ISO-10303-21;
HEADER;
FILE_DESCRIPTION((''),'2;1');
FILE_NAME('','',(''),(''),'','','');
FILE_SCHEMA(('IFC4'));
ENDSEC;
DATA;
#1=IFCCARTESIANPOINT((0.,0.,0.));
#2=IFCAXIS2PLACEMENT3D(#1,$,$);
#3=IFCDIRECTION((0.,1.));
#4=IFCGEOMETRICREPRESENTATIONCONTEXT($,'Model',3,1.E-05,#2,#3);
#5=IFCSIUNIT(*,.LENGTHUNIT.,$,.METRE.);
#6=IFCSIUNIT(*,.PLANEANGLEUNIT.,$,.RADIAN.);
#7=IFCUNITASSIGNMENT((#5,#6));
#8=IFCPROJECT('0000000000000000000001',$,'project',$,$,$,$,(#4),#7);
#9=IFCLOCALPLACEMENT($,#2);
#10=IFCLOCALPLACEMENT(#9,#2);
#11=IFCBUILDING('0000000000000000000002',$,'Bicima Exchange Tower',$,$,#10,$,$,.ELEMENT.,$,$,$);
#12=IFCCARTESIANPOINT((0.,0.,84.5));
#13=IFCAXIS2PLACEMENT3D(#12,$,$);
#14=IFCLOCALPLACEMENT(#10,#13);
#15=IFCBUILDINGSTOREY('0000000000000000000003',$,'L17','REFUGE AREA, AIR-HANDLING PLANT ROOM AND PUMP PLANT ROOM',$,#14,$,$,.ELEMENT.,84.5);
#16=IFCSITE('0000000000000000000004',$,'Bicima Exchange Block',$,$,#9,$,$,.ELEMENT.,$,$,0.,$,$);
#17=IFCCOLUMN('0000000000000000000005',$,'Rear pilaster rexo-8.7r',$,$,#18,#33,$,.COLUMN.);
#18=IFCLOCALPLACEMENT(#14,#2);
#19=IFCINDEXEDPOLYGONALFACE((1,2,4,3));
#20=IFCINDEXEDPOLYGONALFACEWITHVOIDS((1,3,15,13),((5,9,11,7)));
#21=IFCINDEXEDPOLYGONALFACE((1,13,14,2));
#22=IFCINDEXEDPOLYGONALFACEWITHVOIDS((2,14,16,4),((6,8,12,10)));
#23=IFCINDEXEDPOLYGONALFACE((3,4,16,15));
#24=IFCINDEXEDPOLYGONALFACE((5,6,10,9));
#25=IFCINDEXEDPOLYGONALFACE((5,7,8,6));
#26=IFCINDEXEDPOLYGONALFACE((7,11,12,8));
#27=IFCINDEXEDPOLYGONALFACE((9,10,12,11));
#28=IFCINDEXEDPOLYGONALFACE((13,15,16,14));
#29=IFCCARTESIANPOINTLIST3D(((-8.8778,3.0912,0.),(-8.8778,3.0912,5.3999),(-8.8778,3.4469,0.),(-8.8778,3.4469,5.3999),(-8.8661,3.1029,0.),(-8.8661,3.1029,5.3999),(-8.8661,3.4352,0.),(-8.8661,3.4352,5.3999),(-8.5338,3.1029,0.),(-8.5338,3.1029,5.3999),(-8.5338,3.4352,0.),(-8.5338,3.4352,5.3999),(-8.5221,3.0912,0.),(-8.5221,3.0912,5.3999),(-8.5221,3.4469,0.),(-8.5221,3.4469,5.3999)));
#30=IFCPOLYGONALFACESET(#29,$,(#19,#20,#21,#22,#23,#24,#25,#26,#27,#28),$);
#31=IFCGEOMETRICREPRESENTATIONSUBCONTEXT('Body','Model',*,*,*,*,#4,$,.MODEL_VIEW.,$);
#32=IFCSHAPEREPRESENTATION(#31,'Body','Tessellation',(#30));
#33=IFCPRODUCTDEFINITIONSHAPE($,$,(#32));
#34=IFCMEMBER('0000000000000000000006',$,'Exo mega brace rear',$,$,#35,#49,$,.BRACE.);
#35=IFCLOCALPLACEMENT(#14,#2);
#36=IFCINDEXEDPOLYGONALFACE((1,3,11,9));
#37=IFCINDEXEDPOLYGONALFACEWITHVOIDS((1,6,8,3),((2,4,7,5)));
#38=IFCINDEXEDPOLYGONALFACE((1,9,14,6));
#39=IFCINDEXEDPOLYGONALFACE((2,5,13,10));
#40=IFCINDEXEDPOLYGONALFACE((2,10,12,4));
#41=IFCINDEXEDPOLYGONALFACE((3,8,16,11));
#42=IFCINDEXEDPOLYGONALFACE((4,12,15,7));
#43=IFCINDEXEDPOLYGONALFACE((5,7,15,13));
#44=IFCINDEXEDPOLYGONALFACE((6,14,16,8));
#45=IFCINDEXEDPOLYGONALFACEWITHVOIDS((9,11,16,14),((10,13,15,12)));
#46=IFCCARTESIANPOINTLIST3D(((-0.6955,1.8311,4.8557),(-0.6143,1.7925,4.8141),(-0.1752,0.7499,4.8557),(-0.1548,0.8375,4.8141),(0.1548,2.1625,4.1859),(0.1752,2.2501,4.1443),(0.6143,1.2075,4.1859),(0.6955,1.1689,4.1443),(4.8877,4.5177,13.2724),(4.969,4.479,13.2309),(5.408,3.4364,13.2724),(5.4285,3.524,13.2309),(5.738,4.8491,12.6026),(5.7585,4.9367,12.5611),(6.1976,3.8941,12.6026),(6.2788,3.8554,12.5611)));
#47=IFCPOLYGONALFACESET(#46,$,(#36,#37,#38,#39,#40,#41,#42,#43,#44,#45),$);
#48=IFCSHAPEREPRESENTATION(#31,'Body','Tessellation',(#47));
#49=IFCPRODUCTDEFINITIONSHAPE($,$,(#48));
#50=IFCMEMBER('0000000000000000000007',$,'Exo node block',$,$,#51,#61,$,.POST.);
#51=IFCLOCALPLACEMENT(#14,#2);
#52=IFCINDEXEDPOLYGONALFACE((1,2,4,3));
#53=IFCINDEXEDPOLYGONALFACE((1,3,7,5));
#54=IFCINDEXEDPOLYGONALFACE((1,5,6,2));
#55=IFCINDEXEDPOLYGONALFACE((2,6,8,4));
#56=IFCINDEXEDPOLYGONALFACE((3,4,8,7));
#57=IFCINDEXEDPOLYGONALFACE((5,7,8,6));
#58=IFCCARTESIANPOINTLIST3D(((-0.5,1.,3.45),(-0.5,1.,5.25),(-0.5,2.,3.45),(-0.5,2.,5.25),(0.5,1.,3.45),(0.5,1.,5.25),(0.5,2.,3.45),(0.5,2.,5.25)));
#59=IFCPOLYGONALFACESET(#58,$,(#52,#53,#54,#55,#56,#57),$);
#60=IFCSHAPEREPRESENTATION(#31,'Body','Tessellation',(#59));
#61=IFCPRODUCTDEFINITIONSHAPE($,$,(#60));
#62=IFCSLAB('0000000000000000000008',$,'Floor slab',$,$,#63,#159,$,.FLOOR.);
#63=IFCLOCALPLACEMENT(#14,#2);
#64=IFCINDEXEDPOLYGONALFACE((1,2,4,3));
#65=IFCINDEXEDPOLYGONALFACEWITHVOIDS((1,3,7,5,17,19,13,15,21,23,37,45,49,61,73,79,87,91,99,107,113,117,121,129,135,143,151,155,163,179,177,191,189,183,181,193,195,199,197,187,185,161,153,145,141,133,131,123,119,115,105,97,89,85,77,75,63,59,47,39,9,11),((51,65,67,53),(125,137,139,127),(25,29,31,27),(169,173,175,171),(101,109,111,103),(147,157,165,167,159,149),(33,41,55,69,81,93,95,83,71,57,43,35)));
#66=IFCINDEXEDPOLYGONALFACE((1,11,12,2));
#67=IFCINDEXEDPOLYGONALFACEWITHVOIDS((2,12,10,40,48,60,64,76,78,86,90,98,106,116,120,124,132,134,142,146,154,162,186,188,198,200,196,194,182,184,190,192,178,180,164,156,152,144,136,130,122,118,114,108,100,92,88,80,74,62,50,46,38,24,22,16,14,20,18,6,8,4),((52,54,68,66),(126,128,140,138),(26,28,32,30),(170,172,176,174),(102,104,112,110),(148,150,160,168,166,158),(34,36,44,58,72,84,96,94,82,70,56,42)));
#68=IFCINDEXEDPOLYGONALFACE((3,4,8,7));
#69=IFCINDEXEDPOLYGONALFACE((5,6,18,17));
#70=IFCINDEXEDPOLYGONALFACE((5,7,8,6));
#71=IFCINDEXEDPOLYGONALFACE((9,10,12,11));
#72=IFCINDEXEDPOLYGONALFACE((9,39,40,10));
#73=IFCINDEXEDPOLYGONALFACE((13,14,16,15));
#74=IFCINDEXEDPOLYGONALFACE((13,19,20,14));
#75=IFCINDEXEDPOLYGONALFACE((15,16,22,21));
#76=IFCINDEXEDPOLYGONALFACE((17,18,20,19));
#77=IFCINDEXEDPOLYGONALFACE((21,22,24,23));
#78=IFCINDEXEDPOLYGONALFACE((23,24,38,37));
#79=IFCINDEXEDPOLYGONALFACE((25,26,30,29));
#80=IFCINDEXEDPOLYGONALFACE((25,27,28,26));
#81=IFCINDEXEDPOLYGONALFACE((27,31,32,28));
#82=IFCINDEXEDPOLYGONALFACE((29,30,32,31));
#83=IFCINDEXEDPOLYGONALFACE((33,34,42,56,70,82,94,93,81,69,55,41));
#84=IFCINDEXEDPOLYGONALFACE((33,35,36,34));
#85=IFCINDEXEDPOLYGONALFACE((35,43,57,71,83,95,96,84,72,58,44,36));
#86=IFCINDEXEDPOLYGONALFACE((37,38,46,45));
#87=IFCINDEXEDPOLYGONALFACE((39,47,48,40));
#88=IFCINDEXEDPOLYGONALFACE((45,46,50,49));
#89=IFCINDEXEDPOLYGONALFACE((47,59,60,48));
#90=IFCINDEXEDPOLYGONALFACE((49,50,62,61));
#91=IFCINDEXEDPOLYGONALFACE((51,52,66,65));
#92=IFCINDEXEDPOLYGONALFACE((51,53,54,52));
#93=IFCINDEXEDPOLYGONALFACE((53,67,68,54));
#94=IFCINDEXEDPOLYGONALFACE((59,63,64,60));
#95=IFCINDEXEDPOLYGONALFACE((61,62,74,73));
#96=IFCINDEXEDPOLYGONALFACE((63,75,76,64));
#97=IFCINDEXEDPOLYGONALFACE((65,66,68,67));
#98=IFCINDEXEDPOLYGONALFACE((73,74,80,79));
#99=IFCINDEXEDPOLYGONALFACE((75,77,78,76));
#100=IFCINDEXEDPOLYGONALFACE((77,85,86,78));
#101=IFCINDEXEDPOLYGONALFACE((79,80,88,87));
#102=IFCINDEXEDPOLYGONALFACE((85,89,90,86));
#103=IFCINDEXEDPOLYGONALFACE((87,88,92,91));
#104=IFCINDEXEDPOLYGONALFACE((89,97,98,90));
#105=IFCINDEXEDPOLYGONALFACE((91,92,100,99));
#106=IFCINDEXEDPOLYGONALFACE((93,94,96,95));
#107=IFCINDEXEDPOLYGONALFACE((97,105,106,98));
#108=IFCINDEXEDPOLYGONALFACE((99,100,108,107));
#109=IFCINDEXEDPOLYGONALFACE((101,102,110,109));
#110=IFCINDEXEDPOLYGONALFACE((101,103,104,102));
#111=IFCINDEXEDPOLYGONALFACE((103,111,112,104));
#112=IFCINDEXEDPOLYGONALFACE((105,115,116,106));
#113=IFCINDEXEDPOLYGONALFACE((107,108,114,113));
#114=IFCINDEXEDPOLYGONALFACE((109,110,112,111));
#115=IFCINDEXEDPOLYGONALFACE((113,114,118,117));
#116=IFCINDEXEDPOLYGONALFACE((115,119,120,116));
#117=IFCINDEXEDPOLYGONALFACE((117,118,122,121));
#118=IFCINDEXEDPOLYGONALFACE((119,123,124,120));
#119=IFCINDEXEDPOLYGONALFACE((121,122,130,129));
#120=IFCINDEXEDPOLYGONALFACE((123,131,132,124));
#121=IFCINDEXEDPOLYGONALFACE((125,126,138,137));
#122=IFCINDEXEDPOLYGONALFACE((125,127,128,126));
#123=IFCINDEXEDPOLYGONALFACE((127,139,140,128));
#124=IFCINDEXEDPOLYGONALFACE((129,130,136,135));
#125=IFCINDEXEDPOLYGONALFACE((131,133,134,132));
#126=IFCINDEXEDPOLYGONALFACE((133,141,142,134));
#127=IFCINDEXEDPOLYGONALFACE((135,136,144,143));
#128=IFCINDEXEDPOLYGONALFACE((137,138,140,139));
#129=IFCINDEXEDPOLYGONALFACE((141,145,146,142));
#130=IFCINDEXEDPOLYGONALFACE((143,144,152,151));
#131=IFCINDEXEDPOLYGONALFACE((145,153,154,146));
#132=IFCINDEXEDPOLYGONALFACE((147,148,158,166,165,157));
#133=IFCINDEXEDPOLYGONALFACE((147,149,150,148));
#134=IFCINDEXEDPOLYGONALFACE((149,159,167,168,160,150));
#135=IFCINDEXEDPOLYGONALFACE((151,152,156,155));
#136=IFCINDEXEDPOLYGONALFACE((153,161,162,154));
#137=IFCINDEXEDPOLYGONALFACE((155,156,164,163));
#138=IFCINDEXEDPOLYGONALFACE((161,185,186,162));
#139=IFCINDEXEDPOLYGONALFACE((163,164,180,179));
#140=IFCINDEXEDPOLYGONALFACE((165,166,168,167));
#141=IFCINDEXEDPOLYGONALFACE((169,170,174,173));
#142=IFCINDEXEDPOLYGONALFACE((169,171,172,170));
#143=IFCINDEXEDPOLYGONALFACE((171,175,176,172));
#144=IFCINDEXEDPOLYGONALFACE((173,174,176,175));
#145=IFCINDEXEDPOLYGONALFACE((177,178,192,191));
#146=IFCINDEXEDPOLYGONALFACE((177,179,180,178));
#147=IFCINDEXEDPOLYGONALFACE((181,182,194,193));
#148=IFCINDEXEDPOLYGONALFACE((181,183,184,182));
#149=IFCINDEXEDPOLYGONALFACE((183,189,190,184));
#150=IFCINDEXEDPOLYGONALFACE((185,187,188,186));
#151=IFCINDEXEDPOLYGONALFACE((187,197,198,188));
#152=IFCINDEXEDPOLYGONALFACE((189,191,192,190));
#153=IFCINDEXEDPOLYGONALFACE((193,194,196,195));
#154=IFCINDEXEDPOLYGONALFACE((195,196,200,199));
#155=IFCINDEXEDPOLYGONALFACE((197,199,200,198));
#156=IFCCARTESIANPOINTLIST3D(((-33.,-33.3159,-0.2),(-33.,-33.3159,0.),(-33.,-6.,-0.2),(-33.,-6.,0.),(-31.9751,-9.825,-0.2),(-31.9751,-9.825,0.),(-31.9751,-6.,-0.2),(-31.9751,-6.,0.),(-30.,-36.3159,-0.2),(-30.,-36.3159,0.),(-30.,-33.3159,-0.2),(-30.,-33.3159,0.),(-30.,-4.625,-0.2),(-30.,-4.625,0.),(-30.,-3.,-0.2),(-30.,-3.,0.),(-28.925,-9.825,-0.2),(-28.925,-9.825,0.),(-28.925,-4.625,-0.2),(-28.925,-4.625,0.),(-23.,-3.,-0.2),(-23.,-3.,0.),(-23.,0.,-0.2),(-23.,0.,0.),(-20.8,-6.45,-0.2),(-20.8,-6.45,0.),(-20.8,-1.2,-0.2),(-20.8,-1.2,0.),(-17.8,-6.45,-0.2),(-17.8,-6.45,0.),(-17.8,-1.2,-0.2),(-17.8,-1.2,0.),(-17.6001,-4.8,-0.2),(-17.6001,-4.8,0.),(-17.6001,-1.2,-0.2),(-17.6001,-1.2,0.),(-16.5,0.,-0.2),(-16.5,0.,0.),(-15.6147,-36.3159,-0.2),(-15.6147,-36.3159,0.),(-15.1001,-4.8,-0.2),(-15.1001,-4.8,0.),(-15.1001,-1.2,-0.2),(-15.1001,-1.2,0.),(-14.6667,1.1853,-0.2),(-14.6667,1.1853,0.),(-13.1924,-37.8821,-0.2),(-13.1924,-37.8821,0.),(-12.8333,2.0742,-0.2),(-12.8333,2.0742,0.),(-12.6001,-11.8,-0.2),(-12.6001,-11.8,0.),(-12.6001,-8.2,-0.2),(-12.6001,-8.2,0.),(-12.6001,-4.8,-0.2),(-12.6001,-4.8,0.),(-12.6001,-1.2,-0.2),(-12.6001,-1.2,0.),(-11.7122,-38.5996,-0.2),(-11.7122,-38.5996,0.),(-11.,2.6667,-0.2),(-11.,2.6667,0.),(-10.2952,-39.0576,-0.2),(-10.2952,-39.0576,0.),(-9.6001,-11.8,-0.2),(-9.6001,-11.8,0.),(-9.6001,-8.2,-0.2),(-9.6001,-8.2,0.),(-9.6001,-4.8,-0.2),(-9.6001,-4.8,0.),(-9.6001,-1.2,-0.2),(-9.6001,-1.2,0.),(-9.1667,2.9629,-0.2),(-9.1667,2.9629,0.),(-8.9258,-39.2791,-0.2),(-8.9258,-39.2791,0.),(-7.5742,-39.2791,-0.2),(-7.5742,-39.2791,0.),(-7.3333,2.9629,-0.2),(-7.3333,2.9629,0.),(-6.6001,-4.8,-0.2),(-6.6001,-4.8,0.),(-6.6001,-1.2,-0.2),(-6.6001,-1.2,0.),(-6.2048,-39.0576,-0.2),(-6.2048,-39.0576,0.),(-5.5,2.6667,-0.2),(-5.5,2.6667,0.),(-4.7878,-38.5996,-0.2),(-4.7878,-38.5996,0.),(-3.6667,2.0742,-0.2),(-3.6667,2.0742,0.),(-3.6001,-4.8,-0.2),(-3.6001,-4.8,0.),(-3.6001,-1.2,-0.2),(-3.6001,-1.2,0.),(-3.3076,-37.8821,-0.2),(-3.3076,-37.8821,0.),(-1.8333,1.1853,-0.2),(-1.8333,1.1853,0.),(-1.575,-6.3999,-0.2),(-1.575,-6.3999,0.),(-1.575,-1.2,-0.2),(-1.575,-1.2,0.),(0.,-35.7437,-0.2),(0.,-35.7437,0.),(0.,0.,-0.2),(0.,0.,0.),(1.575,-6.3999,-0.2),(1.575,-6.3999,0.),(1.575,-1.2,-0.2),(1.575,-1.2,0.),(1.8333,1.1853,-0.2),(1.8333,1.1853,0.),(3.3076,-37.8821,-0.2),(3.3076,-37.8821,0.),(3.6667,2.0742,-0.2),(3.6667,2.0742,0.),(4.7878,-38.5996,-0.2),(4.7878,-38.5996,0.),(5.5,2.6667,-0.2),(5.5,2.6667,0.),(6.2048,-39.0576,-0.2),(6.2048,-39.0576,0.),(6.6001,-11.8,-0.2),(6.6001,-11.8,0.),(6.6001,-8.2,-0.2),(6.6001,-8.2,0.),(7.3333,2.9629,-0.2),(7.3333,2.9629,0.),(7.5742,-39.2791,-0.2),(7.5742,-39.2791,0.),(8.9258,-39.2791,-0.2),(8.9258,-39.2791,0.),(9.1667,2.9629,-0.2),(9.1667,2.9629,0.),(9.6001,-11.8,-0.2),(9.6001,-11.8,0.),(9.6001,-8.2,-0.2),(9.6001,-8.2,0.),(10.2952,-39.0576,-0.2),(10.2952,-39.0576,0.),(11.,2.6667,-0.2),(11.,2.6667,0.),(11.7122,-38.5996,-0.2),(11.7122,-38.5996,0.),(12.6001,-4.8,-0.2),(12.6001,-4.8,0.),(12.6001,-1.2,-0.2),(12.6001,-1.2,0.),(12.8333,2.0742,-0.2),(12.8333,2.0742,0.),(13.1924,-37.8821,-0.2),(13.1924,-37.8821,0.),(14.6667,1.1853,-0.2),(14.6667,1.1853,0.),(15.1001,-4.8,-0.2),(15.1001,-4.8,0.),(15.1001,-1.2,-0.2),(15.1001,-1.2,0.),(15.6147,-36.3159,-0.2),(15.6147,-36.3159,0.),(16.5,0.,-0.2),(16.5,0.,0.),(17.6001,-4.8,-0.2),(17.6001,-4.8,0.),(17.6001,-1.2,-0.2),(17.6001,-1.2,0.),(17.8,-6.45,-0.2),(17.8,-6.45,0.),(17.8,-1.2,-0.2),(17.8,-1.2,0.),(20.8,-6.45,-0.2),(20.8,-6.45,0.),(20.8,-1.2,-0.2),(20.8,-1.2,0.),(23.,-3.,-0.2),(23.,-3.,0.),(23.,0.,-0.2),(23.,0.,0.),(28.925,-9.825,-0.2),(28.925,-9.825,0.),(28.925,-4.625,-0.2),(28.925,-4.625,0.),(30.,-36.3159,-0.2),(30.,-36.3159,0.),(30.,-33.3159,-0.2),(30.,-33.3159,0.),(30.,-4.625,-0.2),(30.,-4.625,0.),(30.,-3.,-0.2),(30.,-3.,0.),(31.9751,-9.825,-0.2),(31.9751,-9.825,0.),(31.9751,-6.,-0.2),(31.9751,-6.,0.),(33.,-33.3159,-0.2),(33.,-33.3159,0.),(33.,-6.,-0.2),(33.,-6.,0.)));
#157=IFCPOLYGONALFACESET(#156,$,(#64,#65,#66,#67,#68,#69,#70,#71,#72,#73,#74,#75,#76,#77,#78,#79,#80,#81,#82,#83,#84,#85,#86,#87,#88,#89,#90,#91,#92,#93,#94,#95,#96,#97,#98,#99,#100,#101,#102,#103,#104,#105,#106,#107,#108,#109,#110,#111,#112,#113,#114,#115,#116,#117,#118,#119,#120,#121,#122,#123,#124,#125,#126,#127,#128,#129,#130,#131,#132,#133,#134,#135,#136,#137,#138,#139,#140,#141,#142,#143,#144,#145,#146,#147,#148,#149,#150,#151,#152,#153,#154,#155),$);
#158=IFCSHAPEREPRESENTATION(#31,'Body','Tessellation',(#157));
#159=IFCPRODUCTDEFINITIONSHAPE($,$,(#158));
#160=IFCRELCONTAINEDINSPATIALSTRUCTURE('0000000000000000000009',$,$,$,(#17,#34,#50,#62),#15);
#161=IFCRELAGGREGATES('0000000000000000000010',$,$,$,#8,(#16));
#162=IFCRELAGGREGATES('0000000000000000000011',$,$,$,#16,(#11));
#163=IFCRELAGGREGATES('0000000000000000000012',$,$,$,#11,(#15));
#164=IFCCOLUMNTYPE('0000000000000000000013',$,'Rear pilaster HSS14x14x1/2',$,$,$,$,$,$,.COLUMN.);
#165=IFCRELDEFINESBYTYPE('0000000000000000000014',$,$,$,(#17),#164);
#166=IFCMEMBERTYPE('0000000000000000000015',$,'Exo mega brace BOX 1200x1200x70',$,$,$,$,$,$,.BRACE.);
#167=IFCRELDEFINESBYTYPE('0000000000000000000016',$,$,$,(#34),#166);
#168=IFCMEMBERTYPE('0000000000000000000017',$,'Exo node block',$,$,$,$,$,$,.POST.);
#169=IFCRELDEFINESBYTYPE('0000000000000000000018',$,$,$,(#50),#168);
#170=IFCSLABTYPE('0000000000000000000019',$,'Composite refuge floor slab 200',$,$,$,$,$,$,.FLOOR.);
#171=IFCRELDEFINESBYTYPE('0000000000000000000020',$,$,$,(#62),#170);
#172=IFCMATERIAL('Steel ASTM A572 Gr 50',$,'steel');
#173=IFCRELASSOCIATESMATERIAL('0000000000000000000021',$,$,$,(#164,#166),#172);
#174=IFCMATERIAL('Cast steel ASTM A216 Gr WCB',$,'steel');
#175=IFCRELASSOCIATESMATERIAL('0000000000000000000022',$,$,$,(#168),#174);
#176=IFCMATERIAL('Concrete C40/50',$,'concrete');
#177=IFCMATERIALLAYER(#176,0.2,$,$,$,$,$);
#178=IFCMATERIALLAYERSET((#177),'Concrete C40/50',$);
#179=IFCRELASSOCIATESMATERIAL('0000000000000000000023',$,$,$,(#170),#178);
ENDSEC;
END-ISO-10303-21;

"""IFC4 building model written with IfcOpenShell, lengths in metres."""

from ifc_helpers import new_model, si_unit, direction, frame, origin, origin_2d, place, context, subcontext, project, spatial, polyline, rectangle, hollow_rectangle, outline, extrude, material, layer, layer_set, material_profile, profile_set, type_object, element, save


model = new_model("IFC4")

# Units and contexts
model_context = context("Model", 3, precision=1e-05, world=origin(), true_north=direction((0.0, 1.0)))
body_context = subcontext(model_context, "Body", "Model", "MODEL_VIEW")
ifc_project = project(units=[si_unit("LENGTHUNIT", "METRE"), si_unit("PLANEANGLEUNIT", "RADIAN")], contexts=[model_context])

# Site, building, storey
site_placement = place(None, origin())
site = spatial("IfcSite", under=ifc_project, at=site_placement, Name="Bicima Exchange Block", CompositionType="ELEMENT", RefElevation=0.0)
building_placement = place(site_placement, origin())
building = spatial("IfcBuilding", under=site, at=building_placement, Name="Bicima Exchange Tower", CompositionType="ELEMENT")
storey_placement = place(building_placement, frame((0.0, 0.0, 84.5)))
storey = spatial("IfcBuildingStorey", under=building, at=storey_placement, Name="L17", Description="REFUGE AREA, AIR-HANDLING PLANT ROOM AND PUMP PLANT ROOM", CompositionType="ELEMENT", Elevation=84.5)

# Column
ifc_material_1 = material(Name="Steel ASTM A572 Gr 50", Category="steel")
ifc_material_profile_1 = material_profile(ifc_material_1, hollow_rectangle(XDim=0.3557, YDim=0.3557, WallThickness=0.0117, at=origin_2d()))
ifc_profile_set_1 = profile_set([ifc_material_profile_1], Name="Steel ASTM A572 Gr 50")
column_type = type_object("IfcColumnType", Name="Rear pilaster HSS14x14x1/2", PredefinedType="COLUMN", material=ifc_profile_set_1)
column_placement = place(storey_placement, frame((-8.7, 3.269, 0.0), z_axis=(0.0, 0.0, 1.0), x_axis=(1.0, 0.0, 0.0)))
element("IfcColumn", 1, at=column_placement, inside=storey, type_object=column_type, Name="Rear pilaster rexo-8.7r", PredefinedType="COLUMN", context=body_context, shape_type="SweptSolid", body=[
    extrude(hollow_rectangle(XDim=0.3557, YDim=0.3557, WallThickness=0.0117, at=origin_2d()), origin(), (0.0, 0.0, 1.0), 5.3999),
])

# Members
ifc_material_profile_2 = material_profile(ifc_material_1, hollow_rectangle(XDim=1.2, YDim=1.2, WallThickness=0.0701, at=origin_2d()))
ifc_profile_set_2 = profile_set([ifc_material_profile_2], Name="Steel ASTM A572 Gr 50")
member_type_1 = type_object("IfcMemberType", Name="Exo mega brace BOX 1200x1200x70", PredefinedType="BRACE", material=ifc_profile_set_2)
member_1_placement = place(storey_placement, frame((0.0, 1.5, 4.5), z_axis=(0.534211, 0.257049, 0.805323), x_axis=(-0.433592, 0.901109, 0.0)))
element("IfcMember", 2, at=member_1_placement, inside=storey, type_object=member_type_1, Name="Exo mega brace rear", PredefinedType="BRACE", context=body_context, shape_type="SweptSolid", body=[
    extrude(hollow_rectangle(XDim=1.2, YDim=1.2, WallThickness=0.0701, at=origin_2d()), origin(), (0.0, 0.0, 1.0), 10.4514),
])
ifc_material_2 = material(Name="Cast steel ASTM A216 Gr WCB", Category="steel")
ifc_material_profile_3 = material_profile(ifc_material_2, rectangle(XDim=1.0, YDim=1.0, at=origin_2d()))
ifc_profile_set_3 = profile_set([ifc_material_profile_3], Name="Cast steel ASTM A216 Gr WCB")
member_type_2 = type_object("IfcMemberType", Name="Exo node block", PredefinedType="POST", material=ifc_profile_set_3)
member_2_placement = place(storey_placement, frame((0.0, 1.5, 3.45), z_axis=(0.0, 0.0, 1.0), x_axis=(1.0, 0.0, 0.0)))
element("IfcMember", 3, at=member_2_placement, inside=storey, type_object=member_type_2, Name="Exo node block", PredefinedType="POST", context=body_context, shape_type="SweptSolid", body=[
    extrude(rectangle(XDim=1.0, YDim=1.0, at=origin_2d()), origin(), (0.0, 0.0, 1.0), 1.8),
])

# Slab
ifc_material_3 = material(Name="Concrete C40/50", Category="concrete")
ifc_layer_1 = layer(ifc_material_3, 0.2)
ifc_layer_set_1 = layer_set([ifc_layer_1], Name="Concrete C40/50")
slab_type = type_object("IfcSlabType", Name="Composite refuge floor slab 200", PredefinedType="FLOOR", material=ifc_layer_set_1)
slab_1_placement = place(storey_placement, frame((0.0, 0.0, -0.2)))
element("IfcSlab", 4, at=slab_1_placement, inside=storey, type_object=slab_type, Name="Floor slab", PredefinedType="FLOOR", context=body_context, shape_type="SweptSolid", body=[
    extrude(outline(polyline([(33.0, -6.0), (33.0, -33.3159), (30.0, -33.3159), (30.0, -36.3159), (15.6147, -36.3159), (13.1924, -37.8821), (11.7122, -38.5996), (10.2952, -39.0576), (8.9258, -39.2791), (7.5742, -39.2791), (6.2048, -39.0576), (4.7878, -38.5996), (3.3076, -37.8821), (0.0, -35.7437), (-3.3076, -37.8821), (-4.7878, -38.5996), (-6.2048, -39.0576), (-7.5742, -39.2791), (-8.9258, -39.2791), (-10.2952, -39.0576), (-11.7122, -38.5996), (-13.1924, -37.8821), (-15.6147, -36.3159), (-30.0, -36.3159), (-30.0, -33.3159), (-33.0, -33.3159), (-33.0, -6.0), (-31.9751, -6.0), (-31.9751, -9.825), (-28.925, -9.825), (-28.925, -4.625), (-30.0, -4.625), (-30.0, -3.0), (-23.0, -3.0), (-23.0, 0.0), (-16.5, 0.0), (-14.6667, 1.1853), (-12.8333, 2.0742), (-11.0, 2.6667), (-9.1667, 2.9629), (-7.3333, 2.9629), (-5.5, 2.6667), (-3.6667, 2.0742), (-1.8333, 1.1853), (0.0, 0.0), (1.8333, 1.1853), (3.6667, 2.0742), (5.5, 2.6667), (7.3333, 2.9629), (9.1667, 2.9629), (11.0, 2.6667), (12.8333, 2.0742), (14.6667, 1.1853), (16.5, 0.0), (23.0, 0.0), (23.0, -3.0), (30.0, -3.0), (30.0, -4.625), (28.925, -4.625), (28.925, -9.825), (31.9751, -9.825), (31.9751, -6.0), (33.0, -6.0)]), holes=[polyline([(-9.6001, -11.8), (-9.6001, -8.2), (-12.6001, -8.2), (-12.6001, -11.8), (-9.6001, -11.8)]), polyline([(-20.8, -6.45), (-17.8, -6.45), (-17.8, -1.2), (-20.8, -1.2), (-20.8, -6.45)]), polyline([(-9.6001, -1.2), (-12.6001, -1.2), (-15.1001, -1.2), (-17.6001, -1.2), (-17.6001, -4.8), (-15.1001, -4.8), (-12.6001, -4.8), (-9.6001, -4.8), (-6.6001, -4.8), (-3.6001, -4.8), (-3.6001, -1.2), (-6.6001, -1.2), (-9.6001, -1.2)]), polyline([(9.6001, -11.8), (9.6001, -8.2), (6.6001, -8.2), (6.6001, -11.8), (9.6001, -11.8)]), polyline([(17.8, -6.45), (20.8, -6.45), (20.8, -1.2), (17.8, -1.2), (17.8, -6.45)]), polyline([(-1.575, -6.3999), (1.575, -6.3999), (1.575, -1.2), (-1.575, -1.2), (-1.575, -6.3999)]), polyline([(17.6001, -4.8), (17.6001, -1.2), (15.1001, -1.2), (12.6001, -1.2), (12.6001, -4.8), (15.1001, -4.8), (17.6001, -4.8)])]), origin(), (0.0, 0.0, 1.0), 0.2),
])

save(model, "model.ifc")
